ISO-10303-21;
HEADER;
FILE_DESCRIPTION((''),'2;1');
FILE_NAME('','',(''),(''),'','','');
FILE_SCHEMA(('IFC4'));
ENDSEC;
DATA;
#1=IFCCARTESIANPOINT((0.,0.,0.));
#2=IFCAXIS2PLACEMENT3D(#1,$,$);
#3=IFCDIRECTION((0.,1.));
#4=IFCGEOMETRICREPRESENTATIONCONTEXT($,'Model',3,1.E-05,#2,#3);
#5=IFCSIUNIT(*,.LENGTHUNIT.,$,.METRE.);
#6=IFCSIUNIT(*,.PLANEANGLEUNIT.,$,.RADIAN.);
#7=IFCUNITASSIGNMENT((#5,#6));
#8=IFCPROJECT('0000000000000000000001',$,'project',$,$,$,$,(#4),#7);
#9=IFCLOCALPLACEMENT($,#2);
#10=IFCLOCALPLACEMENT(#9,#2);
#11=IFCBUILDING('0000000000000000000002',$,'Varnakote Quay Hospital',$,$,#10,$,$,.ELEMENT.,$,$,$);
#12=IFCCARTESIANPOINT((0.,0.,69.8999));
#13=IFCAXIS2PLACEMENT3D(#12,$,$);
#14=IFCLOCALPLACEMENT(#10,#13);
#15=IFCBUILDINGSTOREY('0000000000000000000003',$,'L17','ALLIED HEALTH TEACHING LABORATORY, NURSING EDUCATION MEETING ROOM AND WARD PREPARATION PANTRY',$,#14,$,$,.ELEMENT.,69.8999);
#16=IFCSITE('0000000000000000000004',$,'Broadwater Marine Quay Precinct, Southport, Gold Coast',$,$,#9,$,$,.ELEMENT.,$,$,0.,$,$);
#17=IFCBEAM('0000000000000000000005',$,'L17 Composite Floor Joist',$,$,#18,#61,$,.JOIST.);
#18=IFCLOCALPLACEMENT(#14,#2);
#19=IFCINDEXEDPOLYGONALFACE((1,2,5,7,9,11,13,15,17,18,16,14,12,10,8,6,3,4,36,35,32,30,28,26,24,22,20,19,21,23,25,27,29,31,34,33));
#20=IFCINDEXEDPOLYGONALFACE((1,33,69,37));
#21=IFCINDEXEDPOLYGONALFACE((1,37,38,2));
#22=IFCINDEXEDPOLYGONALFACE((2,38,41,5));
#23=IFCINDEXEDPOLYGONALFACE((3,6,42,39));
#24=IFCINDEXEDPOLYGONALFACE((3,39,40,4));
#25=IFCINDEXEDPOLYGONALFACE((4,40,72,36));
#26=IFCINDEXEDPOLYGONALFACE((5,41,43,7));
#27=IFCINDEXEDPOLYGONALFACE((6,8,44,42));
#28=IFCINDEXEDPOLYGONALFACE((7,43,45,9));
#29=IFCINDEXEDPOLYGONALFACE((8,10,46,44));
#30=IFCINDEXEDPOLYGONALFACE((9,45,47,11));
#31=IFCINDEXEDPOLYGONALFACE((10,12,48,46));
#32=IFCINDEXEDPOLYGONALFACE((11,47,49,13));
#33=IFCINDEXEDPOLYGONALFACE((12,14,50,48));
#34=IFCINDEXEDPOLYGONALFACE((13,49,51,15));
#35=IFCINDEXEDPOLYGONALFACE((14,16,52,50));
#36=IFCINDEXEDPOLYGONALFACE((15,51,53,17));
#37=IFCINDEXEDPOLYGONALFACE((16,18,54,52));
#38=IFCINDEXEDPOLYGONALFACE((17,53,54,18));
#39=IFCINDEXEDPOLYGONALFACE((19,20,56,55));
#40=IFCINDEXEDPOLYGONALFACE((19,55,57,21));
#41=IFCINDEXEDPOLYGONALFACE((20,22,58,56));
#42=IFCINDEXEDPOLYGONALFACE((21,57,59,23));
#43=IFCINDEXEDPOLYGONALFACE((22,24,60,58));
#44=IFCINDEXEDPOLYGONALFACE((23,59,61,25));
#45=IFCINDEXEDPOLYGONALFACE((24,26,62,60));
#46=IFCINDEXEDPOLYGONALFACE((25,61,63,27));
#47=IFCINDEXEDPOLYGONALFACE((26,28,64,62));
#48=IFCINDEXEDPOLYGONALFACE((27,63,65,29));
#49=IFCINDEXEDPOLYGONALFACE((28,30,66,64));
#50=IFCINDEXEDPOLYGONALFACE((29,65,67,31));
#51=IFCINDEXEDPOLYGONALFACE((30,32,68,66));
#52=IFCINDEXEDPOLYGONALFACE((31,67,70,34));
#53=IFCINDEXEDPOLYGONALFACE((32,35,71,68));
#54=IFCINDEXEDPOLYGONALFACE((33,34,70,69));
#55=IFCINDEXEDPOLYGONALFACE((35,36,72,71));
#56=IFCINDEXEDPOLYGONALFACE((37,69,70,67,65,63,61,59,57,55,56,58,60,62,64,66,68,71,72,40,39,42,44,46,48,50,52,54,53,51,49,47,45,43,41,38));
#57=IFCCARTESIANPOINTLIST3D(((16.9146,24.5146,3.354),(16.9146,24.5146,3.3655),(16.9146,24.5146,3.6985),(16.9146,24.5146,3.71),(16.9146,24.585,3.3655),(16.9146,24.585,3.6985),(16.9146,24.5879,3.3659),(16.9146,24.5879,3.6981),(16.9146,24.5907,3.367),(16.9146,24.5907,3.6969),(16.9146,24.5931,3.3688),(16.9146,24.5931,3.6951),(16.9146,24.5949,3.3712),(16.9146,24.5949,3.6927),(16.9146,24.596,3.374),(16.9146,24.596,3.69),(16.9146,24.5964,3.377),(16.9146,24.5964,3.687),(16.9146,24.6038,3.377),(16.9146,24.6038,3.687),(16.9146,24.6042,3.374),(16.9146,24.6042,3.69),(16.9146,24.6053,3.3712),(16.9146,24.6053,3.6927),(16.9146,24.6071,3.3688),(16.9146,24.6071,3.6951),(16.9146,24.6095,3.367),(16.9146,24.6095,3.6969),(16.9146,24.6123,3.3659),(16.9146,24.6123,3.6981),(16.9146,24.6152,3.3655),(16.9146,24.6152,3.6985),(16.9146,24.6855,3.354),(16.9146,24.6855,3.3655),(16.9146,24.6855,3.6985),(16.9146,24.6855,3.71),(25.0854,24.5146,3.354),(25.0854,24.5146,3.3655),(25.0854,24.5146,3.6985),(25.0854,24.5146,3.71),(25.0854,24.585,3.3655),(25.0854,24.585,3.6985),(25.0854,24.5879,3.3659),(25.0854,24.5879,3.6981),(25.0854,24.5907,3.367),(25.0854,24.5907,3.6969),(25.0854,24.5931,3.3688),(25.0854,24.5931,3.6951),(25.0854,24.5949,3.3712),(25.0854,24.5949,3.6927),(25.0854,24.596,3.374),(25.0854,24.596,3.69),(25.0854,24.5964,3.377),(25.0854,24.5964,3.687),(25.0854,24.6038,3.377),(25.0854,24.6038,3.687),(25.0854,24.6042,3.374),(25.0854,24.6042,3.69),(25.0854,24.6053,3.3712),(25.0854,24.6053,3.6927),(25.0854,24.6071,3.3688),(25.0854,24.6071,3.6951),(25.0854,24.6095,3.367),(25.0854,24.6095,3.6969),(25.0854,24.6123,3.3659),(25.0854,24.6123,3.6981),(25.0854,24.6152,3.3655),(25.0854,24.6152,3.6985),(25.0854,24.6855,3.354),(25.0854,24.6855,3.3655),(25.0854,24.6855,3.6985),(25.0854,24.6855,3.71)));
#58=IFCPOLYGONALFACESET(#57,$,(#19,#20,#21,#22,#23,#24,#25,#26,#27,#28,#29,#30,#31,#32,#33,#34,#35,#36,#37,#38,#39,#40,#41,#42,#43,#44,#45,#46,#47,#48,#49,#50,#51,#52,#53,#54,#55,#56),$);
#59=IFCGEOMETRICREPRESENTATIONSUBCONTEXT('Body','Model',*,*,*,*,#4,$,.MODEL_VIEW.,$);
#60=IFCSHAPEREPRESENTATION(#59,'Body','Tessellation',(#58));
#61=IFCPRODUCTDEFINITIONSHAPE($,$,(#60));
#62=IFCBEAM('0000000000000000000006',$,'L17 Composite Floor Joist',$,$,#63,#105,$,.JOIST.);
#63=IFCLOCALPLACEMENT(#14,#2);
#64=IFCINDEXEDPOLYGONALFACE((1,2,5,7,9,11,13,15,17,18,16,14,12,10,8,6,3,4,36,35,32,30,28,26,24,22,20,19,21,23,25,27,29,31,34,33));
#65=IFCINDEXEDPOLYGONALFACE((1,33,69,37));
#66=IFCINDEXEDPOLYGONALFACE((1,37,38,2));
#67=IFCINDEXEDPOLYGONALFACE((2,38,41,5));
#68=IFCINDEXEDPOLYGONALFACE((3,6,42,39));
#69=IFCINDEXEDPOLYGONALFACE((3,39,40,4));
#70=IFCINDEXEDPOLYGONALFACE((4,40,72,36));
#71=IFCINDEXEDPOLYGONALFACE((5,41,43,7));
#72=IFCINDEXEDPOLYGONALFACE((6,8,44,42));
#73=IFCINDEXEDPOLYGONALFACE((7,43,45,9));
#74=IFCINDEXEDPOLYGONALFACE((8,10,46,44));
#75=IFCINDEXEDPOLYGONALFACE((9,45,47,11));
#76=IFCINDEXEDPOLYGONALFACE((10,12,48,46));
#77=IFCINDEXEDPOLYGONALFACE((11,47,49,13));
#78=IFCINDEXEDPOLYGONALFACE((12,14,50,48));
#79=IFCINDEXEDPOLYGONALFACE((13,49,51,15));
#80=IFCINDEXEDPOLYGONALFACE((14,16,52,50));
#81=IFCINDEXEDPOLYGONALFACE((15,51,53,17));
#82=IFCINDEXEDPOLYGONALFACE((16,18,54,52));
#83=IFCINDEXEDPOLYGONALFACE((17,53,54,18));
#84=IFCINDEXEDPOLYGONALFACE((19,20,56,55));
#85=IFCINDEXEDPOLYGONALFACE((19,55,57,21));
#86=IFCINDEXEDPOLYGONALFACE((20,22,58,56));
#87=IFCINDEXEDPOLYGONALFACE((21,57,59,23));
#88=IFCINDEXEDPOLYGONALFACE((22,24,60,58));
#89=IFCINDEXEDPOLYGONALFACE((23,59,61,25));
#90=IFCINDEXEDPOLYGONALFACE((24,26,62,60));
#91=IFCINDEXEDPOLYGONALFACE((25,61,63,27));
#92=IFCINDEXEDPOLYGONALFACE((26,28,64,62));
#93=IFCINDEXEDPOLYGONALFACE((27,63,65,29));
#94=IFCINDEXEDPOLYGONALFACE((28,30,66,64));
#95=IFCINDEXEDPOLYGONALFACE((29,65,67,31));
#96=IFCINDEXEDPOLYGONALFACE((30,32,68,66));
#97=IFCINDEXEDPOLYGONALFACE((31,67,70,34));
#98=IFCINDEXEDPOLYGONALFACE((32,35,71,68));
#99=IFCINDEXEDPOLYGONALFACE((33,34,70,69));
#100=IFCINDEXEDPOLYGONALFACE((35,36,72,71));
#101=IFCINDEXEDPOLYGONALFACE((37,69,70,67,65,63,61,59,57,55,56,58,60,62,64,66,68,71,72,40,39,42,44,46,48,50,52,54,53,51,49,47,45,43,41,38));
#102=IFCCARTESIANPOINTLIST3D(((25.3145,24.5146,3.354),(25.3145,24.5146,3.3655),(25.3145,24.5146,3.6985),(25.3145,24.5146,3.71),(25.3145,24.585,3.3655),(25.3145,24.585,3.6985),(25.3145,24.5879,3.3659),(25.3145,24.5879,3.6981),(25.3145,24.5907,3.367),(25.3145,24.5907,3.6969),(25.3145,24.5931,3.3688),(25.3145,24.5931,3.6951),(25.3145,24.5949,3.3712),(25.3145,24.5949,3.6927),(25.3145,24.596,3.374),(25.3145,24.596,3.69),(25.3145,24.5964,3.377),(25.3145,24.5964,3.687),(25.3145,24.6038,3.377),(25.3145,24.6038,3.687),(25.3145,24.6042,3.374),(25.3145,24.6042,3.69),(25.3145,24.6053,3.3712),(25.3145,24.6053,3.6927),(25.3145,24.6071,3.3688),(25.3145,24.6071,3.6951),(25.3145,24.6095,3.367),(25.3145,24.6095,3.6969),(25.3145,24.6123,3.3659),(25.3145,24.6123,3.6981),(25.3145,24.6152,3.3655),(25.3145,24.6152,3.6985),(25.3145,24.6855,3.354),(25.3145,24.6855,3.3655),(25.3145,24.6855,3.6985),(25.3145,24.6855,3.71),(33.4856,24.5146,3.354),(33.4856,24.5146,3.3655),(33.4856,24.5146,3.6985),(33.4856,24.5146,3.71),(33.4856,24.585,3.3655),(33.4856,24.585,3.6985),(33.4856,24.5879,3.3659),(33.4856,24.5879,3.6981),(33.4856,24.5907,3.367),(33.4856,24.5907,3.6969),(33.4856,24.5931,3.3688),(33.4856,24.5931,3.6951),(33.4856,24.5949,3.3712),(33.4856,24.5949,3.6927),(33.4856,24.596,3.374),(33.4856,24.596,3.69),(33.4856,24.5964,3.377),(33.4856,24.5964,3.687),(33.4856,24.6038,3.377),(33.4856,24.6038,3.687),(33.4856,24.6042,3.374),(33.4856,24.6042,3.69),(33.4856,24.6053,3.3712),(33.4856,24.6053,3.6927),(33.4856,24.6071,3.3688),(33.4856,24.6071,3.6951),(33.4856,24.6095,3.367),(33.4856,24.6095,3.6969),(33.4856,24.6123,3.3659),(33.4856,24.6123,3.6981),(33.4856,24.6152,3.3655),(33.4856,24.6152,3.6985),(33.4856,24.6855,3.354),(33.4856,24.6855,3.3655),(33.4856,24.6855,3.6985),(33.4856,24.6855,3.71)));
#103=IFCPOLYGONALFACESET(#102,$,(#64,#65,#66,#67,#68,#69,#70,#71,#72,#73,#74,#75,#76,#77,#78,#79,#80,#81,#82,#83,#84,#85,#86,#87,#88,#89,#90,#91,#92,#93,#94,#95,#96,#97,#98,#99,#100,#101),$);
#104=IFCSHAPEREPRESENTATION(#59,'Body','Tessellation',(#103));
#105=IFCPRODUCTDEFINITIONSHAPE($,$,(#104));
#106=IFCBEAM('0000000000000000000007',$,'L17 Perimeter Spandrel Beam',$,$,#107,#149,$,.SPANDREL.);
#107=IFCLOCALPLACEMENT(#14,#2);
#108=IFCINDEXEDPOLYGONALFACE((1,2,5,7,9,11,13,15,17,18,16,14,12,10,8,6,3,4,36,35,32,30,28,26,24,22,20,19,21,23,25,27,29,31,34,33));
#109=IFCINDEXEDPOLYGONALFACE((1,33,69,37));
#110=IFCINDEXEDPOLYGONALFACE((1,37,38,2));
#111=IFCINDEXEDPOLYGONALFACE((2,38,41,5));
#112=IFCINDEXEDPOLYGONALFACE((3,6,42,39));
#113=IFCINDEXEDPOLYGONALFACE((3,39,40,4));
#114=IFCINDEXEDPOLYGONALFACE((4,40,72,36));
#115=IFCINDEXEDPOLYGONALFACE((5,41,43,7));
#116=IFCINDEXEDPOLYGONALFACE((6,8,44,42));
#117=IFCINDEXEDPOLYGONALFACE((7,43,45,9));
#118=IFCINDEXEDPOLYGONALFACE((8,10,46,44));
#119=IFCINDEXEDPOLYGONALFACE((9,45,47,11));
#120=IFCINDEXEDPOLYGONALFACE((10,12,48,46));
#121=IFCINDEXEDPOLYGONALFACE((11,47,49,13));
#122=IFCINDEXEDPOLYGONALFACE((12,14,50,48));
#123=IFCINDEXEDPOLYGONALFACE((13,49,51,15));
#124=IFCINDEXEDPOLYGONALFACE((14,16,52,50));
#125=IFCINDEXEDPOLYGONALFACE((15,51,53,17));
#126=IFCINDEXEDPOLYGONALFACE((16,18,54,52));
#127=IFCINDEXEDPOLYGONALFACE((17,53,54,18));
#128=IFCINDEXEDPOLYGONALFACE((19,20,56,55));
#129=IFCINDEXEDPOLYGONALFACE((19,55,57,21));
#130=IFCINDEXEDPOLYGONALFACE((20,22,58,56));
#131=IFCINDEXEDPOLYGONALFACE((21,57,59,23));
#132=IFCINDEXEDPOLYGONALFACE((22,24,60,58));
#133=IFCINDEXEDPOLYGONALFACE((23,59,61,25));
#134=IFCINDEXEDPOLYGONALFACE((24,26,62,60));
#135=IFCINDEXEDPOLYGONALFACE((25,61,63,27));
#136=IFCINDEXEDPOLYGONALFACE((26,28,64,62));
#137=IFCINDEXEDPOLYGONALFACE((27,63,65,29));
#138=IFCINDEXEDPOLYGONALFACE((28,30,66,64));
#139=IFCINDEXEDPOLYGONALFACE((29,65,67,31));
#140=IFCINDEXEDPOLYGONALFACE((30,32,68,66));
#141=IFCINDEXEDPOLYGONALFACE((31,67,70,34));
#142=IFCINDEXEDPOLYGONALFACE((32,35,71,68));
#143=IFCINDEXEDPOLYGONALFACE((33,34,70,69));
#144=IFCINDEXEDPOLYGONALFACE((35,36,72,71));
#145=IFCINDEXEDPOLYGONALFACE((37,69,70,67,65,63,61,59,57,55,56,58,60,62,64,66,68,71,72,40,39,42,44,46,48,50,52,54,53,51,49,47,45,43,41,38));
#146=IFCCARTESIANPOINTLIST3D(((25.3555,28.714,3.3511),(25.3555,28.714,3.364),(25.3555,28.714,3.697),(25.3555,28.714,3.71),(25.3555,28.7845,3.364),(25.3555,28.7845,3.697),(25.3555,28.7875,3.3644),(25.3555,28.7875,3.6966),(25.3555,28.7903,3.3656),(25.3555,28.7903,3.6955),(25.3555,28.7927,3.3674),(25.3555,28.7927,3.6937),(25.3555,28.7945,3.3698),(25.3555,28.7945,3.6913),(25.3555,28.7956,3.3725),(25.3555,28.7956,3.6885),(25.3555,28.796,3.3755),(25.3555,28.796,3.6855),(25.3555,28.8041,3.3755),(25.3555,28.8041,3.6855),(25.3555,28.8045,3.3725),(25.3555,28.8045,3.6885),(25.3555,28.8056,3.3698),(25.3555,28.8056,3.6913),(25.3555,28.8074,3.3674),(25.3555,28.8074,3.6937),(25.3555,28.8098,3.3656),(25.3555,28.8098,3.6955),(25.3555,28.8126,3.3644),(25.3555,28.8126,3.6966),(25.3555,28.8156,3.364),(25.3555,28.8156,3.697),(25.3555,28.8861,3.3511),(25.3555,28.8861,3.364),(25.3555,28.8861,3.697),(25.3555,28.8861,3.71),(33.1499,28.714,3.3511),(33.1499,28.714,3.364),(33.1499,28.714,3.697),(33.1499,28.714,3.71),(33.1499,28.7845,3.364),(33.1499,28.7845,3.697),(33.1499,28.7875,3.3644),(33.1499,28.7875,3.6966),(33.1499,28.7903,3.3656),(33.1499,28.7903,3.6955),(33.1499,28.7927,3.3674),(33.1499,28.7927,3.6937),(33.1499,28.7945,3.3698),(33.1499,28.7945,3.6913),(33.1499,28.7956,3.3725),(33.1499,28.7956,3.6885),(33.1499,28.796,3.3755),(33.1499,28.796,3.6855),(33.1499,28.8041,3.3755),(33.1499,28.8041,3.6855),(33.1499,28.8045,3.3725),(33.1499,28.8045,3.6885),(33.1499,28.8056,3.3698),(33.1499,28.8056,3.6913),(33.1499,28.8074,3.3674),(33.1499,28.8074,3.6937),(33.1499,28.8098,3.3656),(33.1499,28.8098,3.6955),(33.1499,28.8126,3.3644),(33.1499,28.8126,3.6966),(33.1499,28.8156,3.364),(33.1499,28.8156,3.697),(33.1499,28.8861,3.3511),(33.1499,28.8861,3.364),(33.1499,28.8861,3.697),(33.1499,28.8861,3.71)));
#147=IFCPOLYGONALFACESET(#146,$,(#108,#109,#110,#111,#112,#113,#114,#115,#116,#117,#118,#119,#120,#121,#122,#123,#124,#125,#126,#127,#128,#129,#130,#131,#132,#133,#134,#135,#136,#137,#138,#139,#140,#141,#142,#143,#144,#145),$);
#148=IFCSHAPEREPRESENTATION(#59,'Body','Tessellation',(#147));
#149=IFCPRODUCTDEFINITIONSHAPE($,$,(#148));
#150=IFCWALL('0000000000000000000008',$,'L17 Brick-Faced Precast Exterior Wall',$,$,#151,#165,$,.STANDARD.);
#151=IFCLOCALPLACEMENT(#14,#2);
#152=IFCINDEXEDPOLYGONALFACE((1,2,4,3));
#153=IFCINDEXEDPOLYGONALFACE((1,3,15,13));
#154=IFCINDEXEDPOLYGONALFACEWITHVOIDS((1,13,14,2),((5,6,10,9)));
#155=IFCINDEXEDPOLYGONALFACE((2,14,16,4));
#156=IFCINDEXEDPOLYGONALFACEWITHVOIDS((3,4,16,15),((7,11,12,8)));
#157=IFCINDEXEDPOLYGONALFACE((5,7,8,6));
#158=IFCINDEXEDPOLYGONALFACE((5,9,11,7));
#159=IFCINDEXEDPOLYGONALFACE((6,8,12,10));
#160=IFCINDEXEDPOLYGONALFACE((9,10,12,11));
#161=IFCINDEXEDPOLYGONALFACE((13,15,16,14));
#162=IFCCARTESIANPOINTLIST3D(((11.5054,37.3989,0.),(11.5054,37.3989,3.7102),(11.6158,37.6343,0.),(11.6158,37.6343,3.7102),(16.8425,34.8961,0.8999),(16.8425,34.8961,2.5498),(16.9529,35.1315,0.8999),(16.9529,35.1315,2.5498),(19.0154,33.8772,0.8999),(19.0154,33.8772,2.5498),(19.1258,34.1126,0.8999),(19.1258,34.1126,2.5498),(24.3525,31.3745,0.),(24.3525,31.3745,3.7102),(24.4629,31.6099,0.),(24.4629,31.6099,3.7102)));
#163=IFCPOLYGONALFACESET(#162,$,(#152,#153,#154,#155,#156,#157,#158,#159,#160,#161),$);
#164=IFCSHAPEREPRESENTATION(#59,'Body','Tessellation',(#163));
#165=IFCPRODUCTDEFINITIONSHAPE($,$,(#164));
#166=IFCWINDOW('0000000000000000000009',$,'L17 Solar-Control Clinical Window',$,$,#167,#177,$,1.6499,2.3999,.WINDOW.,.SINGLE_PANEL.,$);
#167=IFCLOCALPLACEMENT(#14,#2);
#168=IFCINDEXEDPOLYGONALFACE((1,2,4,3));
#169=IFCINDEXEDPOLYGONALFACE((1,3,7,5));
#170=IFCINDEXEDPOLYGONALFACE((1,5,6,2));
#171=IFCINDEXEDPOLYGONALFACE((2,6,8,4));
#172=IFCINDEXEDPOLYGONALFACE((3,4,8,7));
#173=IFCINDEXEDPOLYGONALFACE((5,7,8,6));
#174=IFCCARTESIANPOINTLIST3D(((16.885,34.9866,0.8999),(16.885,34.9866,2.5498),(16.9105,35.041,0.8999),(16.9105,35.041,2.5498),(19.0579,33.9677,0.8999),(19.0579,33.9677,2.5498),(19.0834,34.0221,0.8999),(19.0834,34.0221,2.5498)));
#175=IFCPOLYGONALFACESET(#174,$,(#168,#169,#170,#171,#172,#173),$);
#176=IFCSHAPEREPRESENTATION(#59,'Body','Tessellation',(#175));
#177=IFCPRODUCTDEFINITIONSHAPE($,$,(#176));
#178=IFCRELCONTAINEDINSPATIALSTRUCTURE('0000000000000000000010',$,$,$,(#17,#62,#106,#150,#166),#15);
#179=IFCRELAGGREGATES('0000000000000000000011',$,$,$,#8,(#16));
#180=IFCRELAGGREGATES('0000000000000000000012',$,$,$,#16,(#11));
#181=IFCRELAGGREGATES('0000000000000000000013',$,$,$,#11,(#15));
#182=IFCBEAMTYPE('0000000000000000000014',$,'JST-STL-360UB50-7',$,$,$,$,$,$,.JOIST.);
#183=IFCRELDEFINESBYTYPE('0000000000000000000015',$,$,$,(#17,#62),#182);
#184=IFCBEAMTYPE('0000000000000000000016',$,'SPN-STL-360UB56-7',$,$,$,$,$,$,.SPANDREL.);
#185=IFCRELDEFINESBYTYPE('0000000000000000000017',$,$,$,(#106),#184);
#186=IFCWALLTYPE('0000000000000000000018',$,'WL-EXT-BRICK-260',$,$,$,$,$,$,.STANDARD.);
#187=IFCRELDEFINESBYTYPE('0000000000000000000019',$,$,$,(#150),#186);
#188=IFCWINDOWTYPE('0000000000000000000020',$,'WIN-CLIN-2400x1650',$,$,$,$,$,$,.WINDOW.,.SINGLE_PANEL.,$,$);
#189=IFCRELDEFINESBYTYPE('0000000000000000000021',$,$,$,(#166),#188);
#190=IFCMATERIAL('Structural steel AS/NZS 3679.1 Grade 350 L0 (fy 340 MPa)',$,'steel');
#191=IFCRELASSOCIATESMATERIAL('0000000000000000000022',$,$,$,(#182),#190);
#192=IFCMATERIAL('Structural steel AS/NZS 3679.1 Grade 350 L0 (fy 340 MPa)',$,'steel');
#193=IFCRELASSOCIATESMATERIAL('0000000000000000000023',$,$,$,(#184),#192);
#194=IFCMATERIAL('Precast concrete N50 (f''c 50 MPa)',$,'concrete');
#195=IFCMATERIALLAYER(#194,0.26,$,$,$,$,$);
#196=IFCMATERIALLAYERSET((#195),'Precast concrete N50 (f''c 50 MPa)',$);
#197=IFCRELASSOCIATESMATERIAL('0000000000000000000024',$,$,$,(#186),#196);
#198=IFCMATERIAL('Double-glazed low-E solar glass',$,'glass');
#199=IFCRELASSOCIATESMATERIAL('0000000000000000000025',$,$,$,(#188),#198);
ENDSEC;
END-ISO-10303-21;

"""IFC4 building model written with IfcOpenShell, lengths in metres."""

from ifc_helpers import new_model, si_unit, direction, frame, frame_2d, origin, origin_2d, place, context, subcontext, project, spatial, rectangle, i_section, extrude, material, layer, layer_set, material_profile, profile_set, type_object, element, fill, save


model = new_model("IFC4")

# Units and contexts
model_context = context("Model", 3, precision=1e-05, world=origin(), true_north=direction((0.0, 1.0)))
body_context = subcontext(model_context, "Body", "Model", "MODEL_VIEW")
ifc_project = project(units=[si_unit("LENGTHUNIT", "METRE"), si_unit("PLANEANGLEUNIT", "RADIAN")], contexts=[model_context])

# Site, building, storey
site_placement = place(None, origin())
site = spatial("IfcSite", under=ifc_project, at=site_placement, Name="Broadwater Marine Quay Precinct, Southport, Gold Coast", CompositionType="ELEMENT", RefElevation=0.0)
building_placement = place(site_placement, origin())
building = spatial("IfcBuilding", under=site, at=building_placement, Name="Varnakote Quay Hospital", CompositionType="ELEMENT")
storey_placement = place(building_placement, frame((0.0, 0.0, 69.8999)))
storey = spatial("IfcBuildingStorey", under=building, at=storey_placement, Name="L17", Description="ALLIED HEALTH TEACHING LABORATORY, NURSING EDUCATION MEETING ROOM AND WARD PREPARATION PANTRY", CompositionType="ELEMENT", Elevation=69.8999)

# Beams
ifc_material_1 = material(Name="Structural steel AS/NZS 3679.1 Grade 350 L0 (fy 340 MPa)", Category="steel")
ifc_material_profile_1 = material_profile(ifc_material_1, i_section(OverallWidth=0.1709, OverallDepth=0.356, WebThickness=0.0073, FlangeThickness=0.0115, FilletRadius=0.0115, at=origin_2d()), Name="360UB50.7")
ifc_profile_set_1 = profile_set([ifc_material_profile_1], Name="Structural steel AS/NZS 3679.1 Grade 350 L0 (fy 340 MPa)")
beam_type_1 = type_object("IfcBeamType", Name="JST-STL-360UB50-7", PredefinedType="JOIST", material=ifc_profile_set_1)
beam_1_placement = place(storey_placement, frame((16.9146, 24.6001, 3.532), z_axis=(1.0, 0.0, 0.0), x_axis=(0.0, 1.0, 0.0)))
element("IfcBeam", 1, at=beam_1_placement, inside=storey, type_object=beam_type_1, Name="L17 Composite Floor Joist", PredefinedType="JOIST", context=body_context, shape_type="SweptSolid", body=[
    extrude(i_section(OverallWidth=0.1709, OverallDepth=0.356, WebThickness=0.0073, FlangeThickness=0.0115, FilletRadius=0.0115, at=origin_2d()), origin(), (0.0, 0.0, 1.0), 8.1709),
])
beam_2_placement = place(storey_placement, frame((25.3145, 24.6001, 3.532), z_axis=(1.0, 0.0, 0.0), x_axis=(0.0, 1.0, 0.0)))
element("IfcBeam", 2, at=beam_2_placement, inside=storey, type_object=beam_type_1, Name="L17 Composite Floor Joist", PredefinedType="JOIST", context=body_context, shape_type="SweptSolid", body=[
    extrude(i_section(OverallWidth=0.1709, OverallDepth=0.356, WebThickness=0.0073, FlangeThickness=0.0115, FilletRadius=0.0115, at=origin_2d()), origin(), (0.0, 0.0, 1.0), 8.1711),
])
ifc_material_2 = material(Name="Structural steel AS/NZS 3679.1 Grade 350 L0 (fy 340 MPa)", Category="steel")
ifc_material_profile_2 = material_profile(ifc_material_2, i_section(OverallWidth=0.1721, OverallDepth=0.3589, WebThickness=0.0081, FlangeThickness=0.0129, FilletRadius=0.0115, at=origin_2d()), Name="360UB56.7")
ifc_profile_set_2 = profile_set([ifc_material_profile_2], Name="Structural steel AS/NZS 3679.1 Grade 350 L0 (fy 340 MPa)")
beam_type_2 = type_object("IfcBeamType", Name="SPN-STL-360UB56-7", PredefinedType="SPANDREL", material=ifc_profile_set_2)
beam_3_placement = place(storey_placement, frame((25.3555, 28.8, 3.5305), z_axis=(1.0, 0.0, 0.0), x_axis=(0.0, 1.0, 0.0)))
element("IfcBeam", 3, at=beam_3_placement, inside=storey, type_object=beam_type_2, Name="L17 Perimeter Spandrel Beam", PredefinedType="SPANDREL", context=body_context, shape_type="SweptSolid", body=[
    extrude(i_section(OverallWidth=0.1721, OverallDepth=0.3589, WebThickness=0.0081, FlangeThickness=0.0129, FilletRadius=0.0115, at=origin_2d()), origin(), (0.0, 0.0, 1.0), 7.7944),
])

# Wall, opening, window
ifc_material_3 = material(Name="Precast concrete N50 (f'c 50 MPa)", Category="concrete")
ifc_layer_1 = layer(ifc_material_3, 0.26)
ifc_layer_set_1 = layer_set([ifc_layer_1], Name="Precast concrete N50 (f'c 50 MPa)")
wall_type_1 = type_object("IfcWallType", Name="WL-EXT-BRICK-260", PredefinedType="STANDARD", material=ifc_layer_set_1)
wall_1_placement = place(storey_placement, frame((24.4077, 31.4922, 0.0), z_axis=(0.0, 0.0, 1.0), x_axis=(-0.905397, 0.424567, 0.0)))
wall_1 = element("IfcWall", 4, at=wall_1_placement, inside=storey, type_object=wall_type_1, Name="L17 Brick-Faced Precast Exterior Wall", PredefinedType="STANDARD", context=body_context, shape_type="SweptSolid", body=[
    extrude(rectangle(XDim=14.1895, YDim=0.26, at=frame_2d((7.0947, 0.0))), origin(), (0.0, 0.0, 1.0), 3.7102),
])
opening_1_placement = place(wall_1_placement, frame((5.8948, 0.0, 0.8999)))
opening_1 = element("IfcOpeningElement", 5, at=opening_1_placement, cuts=wall_1, PredefinedType="OPENING", context=body_context, shape_type="SweptSolid", body=[
    extrude(rectangle(XDim=2.3999, YDim=1.6499, at=frame_2d((1.2, 0.825))), frame((0.0, 0.1399, 0.0), z_axis=(0.0, -1.0, 0.0), x_axis=(1.0, 0.0, 0.0)), (0.0, 0.0, 1.0), 0.28),
])
ifc_material_4 = material(Name="Double-glazed low-E solar glass", Category="glass")
window_type = type_object("IfcWindowType", Name="WIN-CLIN-2400x1650", PartitioningType="SINGLE_PANEL", PredefinedType="WINDOW", material=ifc_material_4)
window_1_placement = place(opening_1_placement, origin())
window_1 = element("IfcWindow", 6, at=window_1_placement, inside=storey, type_object=window_type, Name="L17 Solar-Control Clinical Window", OverallHeight=1.6499, OverallWidth=2.3999, PartitioningType="SINGLE_PANEL", PredefinedType="WINDOW", context=body_context, shape_type="SweptSolid", body=[
    extrude(rectangle(XDim=2.3999, YDim=1.6499, at=frame_2d((1.2, 0.825))), frame((0.0, 0.03, 0.0), z_axis=(0.0, -1.0, 0.0), x_axis=(1.0, 0.0, 0.0)), (0.0, 0.0, 1.0), 0.0601),
])
fill(opening_1, window_1)

save(model, "model.ifc")
